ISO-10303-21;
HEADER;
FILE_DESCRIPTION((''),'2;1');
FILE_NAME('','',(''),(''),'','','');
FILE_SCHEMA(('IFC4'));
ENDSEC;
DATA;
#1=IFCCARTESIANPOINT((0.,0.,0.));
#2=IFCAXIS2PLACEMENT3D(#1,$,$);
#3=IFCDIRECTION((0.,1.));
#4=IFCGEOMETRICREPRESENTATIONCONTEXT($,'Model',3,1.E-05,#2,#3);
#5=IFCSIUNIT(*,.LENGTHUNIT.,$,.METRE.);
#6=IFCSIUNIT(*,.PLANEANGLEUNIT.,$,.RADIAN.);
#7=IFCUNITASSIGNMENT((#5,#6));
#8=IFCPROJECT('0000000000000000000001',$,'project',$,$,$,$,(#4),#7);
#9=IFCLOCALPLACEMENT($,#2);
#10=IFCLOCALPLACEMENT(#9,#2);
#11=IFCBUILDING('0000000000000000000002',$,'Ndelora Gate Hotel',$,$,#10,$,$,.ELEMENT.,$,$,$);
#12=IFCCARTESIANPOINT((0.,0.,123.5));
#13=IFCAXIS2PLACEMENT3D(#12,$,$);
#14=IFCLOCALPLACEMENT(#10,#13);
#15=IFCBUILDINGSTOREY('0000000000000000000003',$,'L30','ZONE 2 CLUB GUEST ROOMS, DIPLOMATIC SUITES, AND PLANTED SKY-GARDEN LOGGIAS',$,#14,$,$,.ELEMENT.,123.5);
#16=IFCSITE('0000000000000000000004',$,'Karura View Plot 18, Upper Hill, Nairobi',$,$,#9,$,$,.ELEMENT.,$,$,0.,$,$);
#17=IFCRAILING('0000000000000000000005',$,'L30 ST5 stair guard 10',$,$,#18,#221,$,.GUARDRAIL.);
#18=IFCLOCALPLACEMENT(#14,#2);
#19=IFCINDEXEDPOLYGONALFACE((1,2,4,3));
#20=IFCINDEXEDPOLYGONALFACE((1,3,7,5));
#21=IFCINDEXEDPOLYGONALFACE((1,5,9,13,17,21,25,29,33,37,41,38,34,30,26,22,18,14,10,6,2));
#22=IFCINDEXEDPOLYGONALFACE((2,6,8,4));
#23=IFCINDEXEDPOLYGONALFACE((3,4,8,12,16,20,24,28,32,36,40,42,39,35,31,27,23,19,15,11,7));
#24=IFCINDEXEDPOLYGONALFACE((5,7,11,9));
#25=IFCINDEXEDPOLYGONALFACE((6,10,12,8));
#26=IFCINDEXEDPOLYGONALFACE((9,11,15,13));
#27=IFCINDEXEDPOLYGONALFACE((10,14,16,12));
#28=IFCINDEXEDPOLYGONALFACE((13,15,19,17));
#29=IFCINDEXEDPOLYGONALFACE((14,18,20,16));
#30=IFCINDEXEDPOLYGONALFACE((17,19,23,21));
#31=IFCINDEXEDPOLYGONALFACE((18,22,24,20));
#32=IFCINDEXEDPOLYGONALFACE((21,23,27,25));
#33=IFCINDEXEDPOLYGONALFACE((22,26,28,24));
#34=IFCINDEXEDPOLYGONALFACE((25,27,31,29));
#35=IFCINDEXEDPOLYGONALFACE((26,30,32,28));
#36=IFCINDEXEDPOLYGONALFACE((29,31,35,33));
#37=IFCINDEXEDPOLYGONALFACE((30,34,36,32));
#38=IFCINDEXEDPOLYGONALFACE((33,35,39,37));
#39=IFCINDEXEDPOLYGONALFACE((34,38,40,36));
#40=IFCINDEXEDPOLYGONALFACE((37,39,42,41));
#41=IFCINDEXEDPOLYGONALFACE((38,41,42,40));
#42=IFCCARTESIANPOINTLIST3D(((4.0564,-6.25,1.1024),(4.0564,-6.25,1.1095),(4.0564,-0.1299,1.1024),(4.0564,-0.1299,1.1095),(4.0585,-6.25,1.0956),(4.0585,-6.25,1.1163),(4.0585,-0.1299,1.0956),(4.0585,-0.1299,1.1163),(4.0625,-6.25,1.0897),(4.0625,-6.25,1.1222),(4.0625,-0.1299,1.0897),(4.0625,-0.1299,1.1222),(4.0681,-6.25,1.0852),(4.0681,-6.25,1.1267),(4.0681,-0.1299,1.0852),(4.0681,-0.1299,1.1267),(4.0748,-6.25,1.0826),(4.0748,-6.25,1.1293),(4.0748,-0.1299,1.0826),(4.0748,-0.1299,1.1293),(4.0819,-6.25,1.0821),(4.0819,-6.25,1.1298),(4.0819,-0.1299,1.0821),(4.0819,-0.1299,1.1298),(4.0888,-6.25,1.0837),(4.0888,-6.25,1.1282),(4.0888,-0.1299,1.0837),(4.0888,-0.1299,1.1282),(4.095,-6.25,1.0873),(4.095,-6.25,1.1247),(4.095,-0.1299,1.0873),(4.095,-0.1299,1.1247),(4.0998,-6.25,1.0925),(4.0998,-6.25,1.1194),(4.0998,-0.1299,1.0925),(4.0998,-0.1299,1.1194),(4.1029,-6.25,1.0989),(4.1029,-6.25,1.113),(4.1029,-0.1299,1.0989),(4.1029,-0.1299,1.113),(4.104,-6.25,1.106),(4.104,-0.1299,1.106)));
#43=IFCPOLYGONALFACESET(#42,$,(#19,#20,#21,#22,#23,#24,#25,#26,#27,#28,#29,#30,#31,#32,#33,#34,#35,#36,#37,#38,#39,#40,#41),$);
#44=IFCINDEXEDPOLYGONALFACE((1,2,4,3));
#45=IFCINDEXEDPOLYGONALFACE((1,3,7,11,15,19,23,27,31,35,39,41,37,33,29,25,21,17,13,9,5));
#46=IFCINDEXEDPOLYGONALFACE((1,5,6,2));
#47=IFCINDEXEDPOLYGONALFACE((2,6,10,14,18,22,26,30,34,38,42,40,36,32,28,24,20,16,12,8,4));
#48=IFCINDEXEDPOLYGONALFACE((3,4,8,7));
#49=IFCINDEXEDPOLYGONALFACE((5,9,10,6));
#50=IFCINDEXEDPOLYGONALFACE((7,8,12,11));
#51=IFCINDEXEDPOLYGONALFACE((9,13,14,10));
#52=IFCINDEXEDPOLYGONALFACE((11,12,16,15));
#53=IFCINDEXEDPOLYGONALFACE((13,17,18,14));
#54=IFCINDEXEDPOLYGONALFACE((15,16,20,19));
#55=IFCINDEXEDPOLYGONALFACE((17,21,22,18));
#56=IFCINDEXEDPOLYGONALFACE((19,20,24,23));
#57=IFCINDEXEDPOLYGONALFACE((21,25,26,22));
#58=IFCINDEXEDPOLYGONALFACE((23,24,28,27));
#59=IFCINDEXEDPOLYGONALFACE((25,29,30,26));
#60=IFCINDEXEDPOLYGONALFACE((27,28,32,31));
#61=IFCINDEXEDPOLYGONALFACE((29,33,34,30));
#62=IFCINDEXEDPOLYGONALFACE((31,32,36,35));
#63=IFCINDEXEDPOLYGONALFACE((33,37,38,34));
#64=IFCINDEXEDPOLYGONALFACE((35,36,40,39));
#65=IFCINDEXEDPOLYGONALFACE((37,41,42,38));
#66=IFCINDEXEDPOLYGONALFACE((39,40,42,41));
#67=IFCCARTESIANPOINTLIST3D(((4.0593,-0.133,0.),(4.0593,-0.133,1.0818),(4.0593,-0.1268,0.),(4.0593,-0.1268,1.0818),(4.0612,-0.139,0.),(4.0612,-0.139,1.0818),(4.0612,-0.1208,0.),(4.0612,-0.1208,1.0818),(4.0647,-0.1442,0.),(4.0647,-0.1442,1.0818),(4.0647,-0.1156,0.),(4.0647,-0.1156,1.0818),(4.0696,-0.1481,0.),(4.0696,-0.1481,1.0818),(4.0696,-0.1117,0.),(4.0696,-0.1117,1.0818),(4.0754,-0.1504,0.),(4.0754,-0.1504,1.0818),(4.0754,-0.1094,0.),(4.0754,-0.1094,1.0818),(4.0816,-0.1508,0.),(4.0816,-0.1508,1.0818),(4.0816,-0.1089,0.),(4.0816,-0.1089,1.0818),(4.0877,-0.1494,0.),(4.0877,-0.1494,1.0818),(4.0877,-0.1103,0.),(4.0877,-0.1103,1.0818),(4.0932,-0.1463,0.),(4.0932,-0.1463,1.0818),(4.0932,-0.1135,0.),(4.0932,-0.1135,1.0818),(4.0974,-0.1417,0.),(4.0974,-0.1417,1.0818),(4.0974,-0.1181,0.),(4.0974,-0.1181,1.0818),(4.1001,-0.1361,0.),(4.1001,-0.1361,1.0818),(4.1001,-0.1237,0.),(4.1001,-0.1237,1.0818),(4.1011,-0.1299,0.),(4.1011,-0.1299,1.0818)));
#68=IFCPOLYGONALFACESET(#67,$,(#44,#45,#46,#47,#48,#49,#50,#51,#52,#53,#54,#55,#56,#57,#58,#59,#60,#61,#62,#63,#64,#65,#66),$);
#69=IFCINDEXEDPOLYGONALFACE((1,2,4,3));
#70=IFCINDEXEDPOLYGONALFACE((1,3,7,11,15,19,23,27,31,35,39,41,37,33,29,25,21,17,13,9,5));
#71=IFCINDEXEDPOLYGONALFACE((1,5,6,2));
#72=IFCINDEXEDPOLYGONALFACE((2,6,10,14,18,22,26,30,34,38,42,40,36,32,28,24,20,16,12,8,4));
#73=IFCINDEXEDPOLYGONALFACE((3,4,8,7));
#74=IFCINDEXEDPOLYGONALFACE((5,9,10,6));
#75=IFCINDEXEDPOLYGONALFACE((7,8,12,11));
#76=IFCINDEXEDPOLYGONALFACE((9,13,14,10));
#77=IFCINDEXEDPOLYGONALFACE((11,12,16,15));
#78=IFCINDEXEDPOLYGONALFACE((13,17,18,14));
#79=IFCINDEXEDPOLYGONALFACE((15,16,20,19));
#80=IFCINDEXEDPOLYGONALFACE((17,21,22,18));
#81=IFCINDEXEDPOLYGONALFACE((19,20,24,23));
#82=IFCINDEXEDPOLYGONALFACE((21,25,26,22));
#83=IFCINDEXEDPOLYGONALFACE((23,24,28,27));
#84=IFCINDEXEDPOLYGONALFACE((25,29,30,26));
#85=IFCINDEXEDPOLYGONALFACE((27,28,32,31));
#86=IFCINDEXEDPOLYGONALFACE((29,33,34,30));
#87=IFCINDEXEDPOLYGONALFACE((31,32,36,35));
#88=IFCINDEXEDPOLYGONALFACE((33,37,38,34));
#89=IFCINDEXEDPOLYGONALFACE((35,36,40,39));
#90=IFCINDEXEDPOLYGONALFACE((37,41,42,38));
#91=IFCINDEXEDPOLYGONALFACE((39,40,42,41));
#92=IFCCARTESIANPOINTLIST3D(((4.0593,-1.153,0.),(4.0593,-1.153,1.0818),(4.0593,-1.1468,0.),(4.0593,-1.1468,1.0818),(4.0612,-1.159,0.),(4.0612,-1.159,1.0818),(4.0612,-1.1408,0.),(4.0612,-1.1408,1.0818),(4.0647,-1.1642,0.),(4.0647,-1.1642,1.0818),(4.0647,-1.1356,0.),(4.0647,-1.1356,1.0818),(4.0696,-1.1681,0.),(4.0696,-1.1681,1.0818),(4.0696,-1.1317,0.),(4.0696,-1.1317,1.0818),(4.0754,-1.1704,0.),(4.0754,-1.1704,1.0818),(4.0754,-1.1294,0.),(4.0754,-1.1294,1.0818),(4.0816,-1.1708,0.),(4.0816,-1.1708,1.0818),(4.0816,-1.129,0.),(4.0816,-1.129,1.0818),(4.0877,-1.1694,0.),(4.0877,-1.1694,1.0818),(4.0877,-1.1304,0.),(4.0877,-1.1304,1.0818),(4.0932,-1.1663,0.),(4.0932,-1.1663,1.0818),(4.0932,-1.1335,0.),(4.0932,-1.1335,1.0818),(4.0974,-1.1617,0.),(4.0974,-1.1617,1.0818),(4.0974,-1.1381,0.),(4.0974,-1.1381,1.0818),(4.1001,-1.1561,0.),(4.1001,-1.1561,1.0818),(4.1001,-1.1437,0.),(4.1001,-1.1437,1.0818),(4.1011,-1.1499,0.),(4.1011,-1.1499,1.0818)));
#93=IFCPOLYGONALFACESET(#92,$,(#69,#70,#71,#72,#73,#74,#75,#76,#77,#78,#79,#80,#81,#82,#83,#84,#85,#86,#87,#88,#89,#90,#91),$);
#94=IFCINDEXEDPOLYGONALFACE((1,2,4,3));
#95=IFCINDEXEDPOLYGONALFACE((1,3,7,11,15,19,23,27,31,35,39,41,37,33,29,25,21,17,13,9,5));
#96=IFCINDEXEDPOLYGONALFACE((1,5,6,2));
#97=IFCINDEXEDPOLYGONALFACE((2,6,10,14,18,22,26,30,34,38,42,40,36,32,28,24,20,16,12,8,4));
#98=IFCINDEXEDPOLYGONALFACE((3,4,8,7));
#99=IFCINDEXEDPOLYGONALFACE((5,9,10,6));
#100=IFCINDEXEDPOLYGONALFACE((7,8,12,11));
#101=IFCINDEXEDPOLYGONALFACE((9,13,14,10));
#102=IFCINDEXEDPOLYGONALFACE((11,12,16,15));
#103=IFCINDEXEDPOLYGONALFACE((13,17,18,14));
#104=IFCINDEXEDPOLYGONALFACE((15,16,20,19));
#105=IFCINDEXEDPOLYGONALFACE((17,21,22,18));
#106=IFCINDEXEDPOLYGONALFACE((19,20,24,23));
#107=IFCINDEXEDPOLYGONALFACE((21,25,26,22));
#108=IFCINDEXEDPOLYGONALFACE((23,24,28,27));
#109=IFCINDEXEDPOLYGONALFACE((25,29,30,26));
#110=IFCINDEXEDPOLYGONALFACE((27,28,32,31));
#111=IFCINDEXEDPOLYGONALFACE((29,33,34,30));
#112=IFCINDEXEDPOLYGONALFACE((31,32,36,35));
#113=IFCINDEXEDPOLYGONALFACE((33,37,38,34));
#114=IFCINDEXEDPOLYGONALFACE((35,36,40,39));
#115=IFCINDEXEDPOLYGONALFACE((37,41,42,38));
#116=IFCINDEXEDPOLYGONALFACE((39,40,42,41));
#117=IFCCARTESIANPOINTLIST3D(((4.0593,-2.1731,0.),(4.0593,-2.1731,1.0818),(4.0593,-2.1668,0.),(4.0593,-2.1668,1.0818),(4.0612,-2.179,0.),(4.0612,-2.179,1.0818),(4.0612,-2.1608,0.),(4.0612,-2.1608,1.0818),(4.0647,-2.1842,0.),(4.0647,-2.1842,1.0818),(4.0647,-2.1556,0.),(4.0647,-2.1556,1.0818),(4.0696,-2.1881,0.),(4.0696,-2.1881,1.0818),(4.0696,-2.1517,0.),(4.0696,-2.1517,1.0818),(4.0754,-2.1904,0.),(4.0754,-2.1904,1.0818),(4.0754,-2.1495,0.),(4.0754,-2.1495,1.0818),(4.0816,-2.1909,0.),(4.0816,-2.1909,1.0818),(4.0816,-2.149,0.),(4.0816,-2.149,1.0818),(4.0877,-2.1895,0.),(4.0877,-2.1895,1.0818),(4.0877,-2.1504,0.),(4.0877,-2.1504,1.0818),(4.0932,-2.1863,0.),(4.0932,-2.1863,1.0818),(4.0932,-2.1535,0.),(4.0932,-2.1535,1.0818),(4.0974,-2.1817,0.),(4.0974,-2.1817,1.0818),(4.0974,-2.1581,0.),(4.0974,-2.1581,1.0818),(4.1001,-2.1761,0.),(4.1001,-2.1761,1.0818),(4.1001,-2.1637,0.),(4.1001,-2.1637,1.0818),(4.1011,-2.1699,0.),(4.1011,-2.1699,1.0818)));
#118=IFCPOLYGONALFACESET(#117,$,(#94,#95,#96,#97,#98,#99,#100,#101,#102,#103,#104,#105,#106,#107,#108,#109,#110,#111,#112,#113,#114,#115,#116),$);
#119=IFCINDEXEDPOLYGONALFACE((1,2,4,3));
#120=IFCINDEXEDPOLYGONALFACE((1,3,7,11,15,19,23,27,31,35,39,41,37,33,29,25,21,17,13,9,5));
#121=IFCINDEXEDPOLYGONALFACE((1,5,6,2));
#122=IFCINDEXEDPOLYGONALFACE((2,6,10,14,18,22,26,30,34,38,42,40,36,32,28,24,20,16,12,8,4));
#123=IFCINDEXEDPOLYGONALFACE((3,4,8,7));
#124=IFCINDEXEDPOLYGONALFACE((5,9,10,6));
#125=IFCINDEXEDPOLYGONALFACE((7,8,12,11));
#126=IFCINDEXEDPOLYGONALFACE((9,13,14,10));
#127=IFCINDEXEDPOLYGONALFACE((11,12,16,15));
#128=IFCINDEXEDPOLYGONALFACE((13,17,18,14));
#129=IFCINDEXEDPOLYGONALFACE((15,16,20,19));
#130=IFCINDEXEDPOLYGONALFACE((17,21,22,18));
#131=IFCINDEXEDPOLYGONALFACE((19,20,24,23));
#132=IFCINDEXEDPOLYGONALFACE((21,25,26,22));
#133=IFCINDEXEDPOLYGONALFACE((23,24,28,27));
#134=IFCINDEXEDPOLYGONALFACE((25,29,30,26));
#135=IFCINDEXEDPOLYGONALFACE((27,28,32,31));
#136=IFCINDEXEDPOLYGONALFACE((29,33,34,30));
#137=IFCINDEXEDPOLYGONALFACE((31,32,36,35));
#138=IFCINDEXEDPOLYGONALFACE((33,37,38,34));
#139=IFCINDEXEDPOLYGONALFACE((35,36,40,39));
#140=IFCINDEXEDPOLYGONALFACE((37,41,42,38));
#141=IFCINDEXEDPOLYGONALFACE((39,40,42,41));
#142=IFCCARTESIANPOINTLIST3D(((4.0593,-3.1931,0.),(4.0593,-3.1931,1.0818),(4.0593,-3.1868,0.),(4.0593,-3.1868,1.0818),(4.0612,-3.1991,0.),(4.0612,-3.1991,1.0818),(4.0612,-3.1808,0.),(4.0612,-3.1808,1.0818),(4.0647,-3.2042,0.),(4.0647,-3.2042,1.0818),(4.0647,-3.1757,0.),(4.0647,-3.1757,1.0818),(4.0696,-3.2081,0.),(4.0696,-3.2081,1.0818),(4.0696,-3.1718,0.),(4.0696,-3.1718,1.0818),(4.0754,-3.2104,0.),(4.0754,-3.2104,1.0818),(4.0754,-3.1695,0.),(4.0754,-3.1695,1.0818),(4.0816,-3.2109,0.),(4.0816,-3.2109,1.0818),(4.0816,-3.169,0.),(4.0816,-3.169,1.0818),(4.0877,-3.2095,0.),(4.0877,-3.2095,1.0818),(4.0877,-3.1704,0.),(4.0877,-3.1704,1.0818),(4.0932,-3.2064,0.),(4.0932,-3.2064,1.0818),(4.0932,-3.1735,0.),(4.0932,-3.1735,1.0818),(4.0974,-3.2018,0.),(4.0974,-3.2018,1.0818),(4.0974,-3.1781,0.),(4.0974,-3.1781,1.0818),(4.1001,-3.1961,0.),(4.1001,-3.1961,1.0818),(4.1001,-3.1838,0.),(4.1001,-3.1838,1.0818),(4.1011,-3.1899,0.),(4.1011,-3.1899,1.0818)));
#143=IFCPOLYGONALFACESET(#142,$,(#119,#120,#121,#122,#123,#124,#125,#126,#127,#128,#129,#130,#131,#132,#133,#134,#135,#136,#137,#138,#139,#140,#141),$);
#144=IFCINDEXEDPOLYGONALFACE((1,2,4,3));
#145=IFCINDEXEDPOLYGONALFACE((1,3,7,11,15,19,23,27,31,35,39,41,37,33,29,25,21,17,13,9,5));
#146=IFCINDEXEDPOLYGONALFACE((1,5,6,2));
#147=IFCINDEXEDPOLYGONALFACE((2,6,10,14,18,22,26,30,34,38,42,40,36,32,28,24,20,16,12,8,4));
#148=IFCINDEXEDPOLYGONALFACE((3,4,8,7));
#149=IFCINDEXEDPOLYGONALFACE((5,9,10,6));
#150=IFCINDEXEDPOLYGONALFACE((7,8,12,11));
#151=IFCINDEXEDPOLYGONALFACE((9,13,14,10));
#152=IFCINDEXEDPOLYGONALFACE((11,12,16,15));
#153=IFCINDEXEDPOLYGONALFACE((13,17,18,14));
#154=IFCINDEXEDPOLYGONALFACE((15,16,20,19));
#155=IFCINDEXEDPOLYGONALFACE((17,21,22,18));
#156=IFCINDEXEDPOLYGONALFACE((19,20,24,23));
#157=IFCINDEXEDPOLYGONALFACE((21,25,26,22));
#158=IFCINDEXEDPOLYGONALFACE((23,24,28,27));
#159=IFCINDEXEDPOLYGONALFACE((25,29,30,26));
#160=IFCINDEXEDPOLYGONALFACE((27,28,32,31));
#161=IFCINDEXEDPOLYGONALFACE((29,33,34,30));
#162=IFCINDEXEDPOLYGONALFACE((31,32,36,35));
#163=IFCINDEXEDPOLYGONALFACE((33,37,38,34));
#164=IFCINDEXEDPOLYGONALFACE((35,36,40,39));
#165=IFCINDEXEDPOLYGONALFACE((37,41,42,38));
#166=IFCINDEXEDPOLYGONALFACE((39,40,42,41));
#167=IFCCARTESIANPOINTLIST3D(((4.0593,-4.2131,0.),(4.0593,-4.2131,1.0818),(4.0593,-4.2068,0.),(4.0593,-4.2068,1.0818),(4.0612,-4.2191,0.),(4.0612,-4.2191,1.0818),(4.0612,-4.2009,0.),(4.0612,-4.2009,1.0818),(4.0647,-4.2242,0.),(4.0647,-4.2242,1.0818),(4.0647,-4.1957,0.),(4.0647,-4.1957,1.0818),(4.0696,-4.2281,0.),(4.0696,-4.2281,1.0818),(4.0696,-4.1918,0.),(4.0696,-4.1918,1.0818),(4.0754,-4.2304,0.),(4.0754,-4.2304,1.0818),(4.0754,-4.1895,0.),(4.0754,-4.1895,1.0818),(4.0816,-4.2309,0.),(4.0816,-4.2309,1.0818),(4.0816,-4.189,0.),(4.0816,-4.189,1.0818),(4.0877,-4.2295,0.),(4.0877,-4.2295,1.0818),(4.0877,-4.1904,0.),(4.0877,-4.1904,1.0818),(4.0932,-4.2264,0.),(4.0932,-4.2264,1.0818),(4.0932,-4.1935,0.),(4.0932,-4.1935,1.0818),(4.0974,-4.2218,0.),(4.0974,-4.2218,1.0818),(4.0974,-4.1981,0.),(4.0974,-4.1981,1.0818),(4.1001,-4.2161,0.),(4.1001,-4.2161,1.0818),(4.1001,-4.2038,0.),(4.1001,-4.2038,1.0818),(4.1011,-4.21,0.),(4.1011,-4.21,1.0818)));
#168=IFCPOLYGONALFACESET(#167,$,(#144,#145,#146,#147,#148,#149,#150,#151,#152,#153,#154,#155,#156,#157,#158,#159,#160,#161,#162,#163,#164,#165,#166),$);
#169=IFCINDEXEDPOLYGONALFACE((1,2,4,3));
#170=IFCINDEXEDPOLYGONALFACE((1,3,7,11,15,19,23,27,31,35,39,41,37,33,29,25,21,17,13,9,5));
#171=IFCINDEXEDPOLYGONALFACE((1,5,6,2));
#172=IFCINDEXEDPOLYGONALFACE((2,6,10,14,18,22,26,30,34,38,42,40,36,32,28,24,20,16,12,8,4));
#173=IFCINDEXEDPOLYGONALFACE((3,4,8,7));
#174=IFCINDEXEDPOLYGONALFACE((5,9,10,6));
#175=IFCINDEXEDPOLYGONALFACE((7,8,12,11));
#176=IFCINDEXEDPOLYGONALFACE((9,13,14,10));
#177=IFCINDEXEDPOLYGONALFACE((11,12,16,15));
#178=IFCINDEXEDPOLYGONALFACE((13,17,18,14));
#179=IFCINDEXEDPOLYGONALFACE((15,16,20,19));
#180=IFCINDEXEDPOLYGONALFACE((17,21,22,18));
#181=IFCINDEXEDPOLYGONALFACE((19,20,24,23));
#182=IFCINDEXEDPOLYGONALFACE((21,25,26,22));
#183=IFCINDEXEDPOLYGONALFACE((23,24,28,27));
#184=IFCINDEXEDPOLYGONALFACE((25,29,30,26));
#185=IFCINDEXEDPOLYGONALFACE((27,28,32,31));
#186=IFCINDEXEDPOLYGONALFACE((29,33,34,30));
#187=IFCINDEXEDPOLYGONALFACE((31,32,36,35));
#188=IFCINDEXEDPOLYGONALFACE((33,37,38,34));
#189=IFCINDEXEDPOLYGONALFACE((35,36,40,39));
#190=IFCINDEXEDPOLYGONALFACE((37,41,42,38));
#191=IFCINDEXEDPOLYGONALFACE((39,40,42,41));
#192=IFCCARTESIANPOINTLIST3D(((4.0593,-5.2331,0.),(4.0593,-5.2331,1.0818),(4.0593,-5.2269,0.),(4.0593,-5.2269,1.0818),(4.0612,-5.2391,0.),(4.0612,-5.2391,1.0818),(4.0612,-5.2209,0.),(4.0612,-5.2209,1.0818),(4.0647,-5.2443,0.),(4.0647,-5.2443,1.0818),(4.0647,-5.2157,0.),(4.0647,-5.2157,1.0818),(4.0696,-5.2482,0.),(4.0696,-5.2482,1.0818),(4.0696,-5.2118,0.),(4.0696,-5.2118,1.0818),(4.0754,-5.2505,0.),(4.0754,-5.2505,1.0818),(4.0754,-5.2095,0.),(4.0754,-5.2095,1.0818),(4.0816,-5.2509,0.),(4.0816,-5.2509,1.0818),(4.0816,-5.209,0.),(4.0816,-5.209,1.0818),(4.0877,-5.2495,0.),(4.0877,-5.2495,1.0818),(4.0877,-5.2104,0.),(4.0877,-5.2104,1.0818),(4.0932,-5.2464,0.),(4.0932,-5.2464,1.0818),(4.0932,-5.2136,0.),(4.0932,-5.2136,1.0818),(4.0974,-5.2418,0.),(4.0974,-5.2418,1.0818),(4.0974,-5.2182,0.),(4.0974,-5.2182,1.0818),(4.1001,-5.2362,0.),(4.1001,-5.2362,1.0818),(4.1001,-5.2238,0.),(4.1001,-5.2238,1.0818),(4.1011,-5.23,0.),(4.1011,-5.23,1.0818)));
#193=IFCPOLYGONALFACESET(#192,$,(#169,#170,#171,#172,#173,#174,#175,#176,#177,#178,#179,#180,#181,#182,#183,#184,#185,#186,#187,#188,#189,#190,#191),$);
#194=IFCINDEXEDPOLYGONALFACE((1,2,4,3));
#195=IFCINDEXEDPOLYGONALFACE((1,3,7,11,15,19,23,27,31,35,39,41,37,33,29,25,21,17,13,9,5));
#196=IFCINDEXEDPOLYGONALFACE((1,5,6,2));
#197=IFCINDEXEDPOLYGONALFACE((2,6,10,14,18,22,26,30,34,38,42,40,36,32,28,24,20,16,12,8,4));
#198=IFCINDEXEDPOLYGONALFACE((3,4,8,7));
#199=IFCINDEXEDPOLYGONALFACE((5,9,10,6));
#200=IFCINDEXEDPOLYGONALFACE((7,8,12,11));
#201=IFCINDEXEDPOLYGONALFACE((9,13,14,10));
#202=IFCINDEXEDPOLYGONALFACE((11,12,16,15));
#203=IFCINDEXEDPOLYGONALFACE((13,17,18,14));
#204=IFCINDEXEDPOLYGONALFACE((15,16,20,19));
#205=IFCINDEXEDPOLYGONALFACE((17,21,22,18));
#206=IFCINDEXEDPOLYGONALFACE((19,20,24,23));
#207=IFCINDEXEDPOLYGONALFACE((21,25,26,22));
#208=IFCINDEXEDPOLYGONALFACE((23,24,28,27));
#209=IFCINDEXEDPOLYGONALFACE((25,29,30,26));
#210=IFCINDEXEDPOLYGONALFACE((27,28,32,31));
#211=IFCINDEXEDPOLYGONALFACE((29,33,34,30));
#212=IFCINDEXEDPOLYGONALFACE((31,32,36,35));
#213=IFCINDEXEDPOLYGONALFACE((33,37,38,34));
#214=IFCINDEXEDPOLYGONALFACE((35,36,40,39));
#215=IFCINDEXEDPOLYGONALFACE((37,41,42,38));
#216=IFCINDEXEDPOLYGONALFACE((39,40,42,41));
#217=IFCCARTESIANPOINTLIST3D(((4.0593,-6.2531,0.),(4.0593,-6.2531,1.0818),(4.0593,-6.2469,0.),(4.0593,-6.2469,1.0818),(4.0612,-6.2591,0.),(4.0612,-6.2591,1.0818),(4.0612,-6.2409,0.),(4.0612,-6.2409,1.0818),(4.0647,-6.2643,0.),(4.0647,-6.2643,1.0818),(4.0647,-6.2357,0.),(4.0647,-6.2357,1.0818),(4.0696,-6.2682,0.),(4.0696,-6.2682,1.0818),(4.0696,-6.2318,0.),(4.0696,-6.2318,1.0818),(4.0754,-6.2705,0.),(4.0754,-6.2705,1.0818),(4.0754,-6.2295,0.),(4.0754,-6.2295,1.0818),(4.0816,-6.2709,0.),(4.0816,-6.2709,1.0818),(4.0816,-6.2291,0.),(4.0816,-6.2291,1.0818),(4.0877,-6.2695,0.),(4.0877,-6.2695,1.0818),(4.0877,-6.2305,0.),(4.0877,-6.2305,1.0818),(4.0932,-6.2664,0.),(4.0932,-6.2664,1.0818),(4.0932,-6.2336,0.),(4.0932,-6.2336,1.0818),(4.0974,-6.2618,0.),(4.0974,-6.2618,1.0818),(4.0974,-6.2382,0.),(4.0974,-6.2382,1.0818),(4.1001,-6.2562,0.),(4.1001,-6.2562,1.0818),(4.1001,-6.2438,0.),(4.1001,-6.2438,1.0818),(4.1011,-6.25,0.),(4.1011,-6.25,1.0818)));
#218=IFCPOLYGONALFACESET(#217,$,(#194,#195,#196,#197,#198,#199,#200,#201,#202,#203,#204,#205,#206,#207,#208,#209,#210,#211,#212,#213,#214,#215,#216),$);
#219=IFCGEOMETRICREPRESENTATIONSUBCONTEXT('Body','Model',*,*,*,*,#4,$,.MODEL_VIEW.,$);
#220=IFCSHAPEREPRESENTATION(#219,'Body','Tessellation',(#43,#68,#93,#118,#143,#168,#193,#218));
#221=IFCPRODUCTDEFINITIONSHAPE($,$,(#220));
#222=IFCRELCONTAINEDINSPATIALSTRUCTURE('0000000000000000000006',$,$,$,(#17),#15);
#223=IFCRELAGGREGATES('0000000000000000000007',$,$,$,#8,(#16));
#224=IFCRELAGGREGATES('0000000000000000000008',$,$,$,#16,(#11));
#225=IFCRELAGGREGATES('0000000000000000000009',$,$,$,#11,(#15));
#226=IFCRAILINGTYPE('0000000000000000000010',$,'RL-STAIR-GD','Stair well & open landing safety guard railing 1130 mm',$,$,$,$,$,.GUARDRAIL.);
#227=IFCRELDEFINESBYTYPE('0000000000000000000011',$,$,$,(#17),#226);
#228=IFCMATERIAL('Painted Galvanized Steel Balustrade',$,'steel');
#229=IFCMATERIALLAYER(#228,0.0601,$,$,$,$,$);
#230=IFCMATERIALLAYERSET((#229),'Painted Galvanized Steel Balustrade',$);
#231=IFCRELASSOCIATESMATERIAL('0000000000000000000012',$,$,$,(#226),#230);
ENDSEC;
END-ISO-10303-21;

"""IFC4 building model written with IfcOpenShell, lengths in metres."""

from ifc_helpers import new_model, si_unit, direction, frame, origin, origin_2d, place, context, subcontext, project, spatial, circle, extrude, material, layer, layer_set, type_object, element, save


model = new_model("IFC4")

# Units and contexts
model_context = context("Model", 3, precision=1e-05, world=origin(), true_north=direction((0.0, 1.0)))
body_context = subcontext(model_context, "Body", "Model", "MODEL_VIEW")
ifc_project = project(units=[si_unit("LENGTHUNIT", "METRE"), si_unit("PLANEANGLEUNIT", "RADIAN")], contexts=[model_context])

# Site, building, storey
site_placement = place(None, origin())
site = spatial("IfcSite", under=ifc_project, at=site_placement, Name="Karura View Plot 18, Upper Hill, Nairobi", CompositionType="ELEMENT", RefElevation=0.0)
building_placement = place(site_placement, origin())
building = spatial("IfcBuilding", under=site, at=building_placement, Name="Ndelora Gate Hotel", CompositionType="ELEMENT")
storey_placement = place(building_placement, frame((0.0, 0.0, 123.5)))
storey = spatial("IfcBuildingStorey", under=building, at=storey_placement, Name="L30", Description="ZONE 2 CLUB GUEST ROOMS, DIPLOMATIC SUITES, AND PLANTED SKY-GARDEN LOGGIAS", CompositionType="ELEMENT", Elevation=123.5)

# Railing
ifc_material_1 = material(Name="Painted Galvanized Steel Balustrade", Category="steel")
ifc_layer_1 = layer(ifc_material_1, 0.0601)
ifc_layer_set_1 = layer_set([ifc_layer_1], Name="Painted Galvanized Steel Balustrade")
railing_type_1 = type_object("IfcRailingType", Name="RL-STAIR-GD", Description="Stair well & open landing safety guard railing 1130 mm", PredefinedType="GUARDRAIL", material=ifc_layer_set_1)
railing_1_placement = place(storey_placement, frame((4.0801, -0.1299, 0.0)))
element("IfcRailing", 1, at=railing_1_placement, inside=storey, type_object=railing_type_1, Name="L30 ST5 stair guard 10", PredefinedType="GUARDRAIL", context=body_context, shape_type="SweptSolid", body=[
    extrude(circle(Radius=0.0239, at=origin_2d()), frame((0.0, 0.0, 1.106), z_axis=(0.0, -1.0, 0.0), x_axis=(1.0, 0.0, 0.0)), (0.0, 0.0, 1.0), 6.1201),
    extrude(circle(Radius=0.021, at=origin_2d()), origin(), (0.0, 0.0, 1.0), 1.0818),
    extrude(circle(Radius=0.021, at=origin_2d()), frame((0.0, -1.02, 0.0)), (0.0, 0.0, 1.0), 1.0818),
    extrude(circle(Radius=0.021, at=origin_2d()), frame((0.0, -2.04, 0.0)), (0.0, 0.0, 1.0), 1.0818),
    extrude(circle(Radius=0.021, at=origin_2d()), frame((0.0, -3.0601, 0.0)), (0.0, 0.0, 1.0), 1.0818),
    extrude(circle(Radius=0.021, at=origin_2d()), frame((0.0, -4.0801, 0.0)), (0.0, 0.0, 1.0), 1.0818),
    extrude(circle(Radius=0.021, at=origin_2d()), frame((0.0, -5.1001, 0.0)), (0.0, 0.0, 1.0), 1.0818),
    extrude(circle(Radius=0.021, at=origin_2d()), frame((0.0, -6.1201, 0.0)), (0.0, 0.0, 1.0), 1.0818),
])

save(model, "model.ifc")
